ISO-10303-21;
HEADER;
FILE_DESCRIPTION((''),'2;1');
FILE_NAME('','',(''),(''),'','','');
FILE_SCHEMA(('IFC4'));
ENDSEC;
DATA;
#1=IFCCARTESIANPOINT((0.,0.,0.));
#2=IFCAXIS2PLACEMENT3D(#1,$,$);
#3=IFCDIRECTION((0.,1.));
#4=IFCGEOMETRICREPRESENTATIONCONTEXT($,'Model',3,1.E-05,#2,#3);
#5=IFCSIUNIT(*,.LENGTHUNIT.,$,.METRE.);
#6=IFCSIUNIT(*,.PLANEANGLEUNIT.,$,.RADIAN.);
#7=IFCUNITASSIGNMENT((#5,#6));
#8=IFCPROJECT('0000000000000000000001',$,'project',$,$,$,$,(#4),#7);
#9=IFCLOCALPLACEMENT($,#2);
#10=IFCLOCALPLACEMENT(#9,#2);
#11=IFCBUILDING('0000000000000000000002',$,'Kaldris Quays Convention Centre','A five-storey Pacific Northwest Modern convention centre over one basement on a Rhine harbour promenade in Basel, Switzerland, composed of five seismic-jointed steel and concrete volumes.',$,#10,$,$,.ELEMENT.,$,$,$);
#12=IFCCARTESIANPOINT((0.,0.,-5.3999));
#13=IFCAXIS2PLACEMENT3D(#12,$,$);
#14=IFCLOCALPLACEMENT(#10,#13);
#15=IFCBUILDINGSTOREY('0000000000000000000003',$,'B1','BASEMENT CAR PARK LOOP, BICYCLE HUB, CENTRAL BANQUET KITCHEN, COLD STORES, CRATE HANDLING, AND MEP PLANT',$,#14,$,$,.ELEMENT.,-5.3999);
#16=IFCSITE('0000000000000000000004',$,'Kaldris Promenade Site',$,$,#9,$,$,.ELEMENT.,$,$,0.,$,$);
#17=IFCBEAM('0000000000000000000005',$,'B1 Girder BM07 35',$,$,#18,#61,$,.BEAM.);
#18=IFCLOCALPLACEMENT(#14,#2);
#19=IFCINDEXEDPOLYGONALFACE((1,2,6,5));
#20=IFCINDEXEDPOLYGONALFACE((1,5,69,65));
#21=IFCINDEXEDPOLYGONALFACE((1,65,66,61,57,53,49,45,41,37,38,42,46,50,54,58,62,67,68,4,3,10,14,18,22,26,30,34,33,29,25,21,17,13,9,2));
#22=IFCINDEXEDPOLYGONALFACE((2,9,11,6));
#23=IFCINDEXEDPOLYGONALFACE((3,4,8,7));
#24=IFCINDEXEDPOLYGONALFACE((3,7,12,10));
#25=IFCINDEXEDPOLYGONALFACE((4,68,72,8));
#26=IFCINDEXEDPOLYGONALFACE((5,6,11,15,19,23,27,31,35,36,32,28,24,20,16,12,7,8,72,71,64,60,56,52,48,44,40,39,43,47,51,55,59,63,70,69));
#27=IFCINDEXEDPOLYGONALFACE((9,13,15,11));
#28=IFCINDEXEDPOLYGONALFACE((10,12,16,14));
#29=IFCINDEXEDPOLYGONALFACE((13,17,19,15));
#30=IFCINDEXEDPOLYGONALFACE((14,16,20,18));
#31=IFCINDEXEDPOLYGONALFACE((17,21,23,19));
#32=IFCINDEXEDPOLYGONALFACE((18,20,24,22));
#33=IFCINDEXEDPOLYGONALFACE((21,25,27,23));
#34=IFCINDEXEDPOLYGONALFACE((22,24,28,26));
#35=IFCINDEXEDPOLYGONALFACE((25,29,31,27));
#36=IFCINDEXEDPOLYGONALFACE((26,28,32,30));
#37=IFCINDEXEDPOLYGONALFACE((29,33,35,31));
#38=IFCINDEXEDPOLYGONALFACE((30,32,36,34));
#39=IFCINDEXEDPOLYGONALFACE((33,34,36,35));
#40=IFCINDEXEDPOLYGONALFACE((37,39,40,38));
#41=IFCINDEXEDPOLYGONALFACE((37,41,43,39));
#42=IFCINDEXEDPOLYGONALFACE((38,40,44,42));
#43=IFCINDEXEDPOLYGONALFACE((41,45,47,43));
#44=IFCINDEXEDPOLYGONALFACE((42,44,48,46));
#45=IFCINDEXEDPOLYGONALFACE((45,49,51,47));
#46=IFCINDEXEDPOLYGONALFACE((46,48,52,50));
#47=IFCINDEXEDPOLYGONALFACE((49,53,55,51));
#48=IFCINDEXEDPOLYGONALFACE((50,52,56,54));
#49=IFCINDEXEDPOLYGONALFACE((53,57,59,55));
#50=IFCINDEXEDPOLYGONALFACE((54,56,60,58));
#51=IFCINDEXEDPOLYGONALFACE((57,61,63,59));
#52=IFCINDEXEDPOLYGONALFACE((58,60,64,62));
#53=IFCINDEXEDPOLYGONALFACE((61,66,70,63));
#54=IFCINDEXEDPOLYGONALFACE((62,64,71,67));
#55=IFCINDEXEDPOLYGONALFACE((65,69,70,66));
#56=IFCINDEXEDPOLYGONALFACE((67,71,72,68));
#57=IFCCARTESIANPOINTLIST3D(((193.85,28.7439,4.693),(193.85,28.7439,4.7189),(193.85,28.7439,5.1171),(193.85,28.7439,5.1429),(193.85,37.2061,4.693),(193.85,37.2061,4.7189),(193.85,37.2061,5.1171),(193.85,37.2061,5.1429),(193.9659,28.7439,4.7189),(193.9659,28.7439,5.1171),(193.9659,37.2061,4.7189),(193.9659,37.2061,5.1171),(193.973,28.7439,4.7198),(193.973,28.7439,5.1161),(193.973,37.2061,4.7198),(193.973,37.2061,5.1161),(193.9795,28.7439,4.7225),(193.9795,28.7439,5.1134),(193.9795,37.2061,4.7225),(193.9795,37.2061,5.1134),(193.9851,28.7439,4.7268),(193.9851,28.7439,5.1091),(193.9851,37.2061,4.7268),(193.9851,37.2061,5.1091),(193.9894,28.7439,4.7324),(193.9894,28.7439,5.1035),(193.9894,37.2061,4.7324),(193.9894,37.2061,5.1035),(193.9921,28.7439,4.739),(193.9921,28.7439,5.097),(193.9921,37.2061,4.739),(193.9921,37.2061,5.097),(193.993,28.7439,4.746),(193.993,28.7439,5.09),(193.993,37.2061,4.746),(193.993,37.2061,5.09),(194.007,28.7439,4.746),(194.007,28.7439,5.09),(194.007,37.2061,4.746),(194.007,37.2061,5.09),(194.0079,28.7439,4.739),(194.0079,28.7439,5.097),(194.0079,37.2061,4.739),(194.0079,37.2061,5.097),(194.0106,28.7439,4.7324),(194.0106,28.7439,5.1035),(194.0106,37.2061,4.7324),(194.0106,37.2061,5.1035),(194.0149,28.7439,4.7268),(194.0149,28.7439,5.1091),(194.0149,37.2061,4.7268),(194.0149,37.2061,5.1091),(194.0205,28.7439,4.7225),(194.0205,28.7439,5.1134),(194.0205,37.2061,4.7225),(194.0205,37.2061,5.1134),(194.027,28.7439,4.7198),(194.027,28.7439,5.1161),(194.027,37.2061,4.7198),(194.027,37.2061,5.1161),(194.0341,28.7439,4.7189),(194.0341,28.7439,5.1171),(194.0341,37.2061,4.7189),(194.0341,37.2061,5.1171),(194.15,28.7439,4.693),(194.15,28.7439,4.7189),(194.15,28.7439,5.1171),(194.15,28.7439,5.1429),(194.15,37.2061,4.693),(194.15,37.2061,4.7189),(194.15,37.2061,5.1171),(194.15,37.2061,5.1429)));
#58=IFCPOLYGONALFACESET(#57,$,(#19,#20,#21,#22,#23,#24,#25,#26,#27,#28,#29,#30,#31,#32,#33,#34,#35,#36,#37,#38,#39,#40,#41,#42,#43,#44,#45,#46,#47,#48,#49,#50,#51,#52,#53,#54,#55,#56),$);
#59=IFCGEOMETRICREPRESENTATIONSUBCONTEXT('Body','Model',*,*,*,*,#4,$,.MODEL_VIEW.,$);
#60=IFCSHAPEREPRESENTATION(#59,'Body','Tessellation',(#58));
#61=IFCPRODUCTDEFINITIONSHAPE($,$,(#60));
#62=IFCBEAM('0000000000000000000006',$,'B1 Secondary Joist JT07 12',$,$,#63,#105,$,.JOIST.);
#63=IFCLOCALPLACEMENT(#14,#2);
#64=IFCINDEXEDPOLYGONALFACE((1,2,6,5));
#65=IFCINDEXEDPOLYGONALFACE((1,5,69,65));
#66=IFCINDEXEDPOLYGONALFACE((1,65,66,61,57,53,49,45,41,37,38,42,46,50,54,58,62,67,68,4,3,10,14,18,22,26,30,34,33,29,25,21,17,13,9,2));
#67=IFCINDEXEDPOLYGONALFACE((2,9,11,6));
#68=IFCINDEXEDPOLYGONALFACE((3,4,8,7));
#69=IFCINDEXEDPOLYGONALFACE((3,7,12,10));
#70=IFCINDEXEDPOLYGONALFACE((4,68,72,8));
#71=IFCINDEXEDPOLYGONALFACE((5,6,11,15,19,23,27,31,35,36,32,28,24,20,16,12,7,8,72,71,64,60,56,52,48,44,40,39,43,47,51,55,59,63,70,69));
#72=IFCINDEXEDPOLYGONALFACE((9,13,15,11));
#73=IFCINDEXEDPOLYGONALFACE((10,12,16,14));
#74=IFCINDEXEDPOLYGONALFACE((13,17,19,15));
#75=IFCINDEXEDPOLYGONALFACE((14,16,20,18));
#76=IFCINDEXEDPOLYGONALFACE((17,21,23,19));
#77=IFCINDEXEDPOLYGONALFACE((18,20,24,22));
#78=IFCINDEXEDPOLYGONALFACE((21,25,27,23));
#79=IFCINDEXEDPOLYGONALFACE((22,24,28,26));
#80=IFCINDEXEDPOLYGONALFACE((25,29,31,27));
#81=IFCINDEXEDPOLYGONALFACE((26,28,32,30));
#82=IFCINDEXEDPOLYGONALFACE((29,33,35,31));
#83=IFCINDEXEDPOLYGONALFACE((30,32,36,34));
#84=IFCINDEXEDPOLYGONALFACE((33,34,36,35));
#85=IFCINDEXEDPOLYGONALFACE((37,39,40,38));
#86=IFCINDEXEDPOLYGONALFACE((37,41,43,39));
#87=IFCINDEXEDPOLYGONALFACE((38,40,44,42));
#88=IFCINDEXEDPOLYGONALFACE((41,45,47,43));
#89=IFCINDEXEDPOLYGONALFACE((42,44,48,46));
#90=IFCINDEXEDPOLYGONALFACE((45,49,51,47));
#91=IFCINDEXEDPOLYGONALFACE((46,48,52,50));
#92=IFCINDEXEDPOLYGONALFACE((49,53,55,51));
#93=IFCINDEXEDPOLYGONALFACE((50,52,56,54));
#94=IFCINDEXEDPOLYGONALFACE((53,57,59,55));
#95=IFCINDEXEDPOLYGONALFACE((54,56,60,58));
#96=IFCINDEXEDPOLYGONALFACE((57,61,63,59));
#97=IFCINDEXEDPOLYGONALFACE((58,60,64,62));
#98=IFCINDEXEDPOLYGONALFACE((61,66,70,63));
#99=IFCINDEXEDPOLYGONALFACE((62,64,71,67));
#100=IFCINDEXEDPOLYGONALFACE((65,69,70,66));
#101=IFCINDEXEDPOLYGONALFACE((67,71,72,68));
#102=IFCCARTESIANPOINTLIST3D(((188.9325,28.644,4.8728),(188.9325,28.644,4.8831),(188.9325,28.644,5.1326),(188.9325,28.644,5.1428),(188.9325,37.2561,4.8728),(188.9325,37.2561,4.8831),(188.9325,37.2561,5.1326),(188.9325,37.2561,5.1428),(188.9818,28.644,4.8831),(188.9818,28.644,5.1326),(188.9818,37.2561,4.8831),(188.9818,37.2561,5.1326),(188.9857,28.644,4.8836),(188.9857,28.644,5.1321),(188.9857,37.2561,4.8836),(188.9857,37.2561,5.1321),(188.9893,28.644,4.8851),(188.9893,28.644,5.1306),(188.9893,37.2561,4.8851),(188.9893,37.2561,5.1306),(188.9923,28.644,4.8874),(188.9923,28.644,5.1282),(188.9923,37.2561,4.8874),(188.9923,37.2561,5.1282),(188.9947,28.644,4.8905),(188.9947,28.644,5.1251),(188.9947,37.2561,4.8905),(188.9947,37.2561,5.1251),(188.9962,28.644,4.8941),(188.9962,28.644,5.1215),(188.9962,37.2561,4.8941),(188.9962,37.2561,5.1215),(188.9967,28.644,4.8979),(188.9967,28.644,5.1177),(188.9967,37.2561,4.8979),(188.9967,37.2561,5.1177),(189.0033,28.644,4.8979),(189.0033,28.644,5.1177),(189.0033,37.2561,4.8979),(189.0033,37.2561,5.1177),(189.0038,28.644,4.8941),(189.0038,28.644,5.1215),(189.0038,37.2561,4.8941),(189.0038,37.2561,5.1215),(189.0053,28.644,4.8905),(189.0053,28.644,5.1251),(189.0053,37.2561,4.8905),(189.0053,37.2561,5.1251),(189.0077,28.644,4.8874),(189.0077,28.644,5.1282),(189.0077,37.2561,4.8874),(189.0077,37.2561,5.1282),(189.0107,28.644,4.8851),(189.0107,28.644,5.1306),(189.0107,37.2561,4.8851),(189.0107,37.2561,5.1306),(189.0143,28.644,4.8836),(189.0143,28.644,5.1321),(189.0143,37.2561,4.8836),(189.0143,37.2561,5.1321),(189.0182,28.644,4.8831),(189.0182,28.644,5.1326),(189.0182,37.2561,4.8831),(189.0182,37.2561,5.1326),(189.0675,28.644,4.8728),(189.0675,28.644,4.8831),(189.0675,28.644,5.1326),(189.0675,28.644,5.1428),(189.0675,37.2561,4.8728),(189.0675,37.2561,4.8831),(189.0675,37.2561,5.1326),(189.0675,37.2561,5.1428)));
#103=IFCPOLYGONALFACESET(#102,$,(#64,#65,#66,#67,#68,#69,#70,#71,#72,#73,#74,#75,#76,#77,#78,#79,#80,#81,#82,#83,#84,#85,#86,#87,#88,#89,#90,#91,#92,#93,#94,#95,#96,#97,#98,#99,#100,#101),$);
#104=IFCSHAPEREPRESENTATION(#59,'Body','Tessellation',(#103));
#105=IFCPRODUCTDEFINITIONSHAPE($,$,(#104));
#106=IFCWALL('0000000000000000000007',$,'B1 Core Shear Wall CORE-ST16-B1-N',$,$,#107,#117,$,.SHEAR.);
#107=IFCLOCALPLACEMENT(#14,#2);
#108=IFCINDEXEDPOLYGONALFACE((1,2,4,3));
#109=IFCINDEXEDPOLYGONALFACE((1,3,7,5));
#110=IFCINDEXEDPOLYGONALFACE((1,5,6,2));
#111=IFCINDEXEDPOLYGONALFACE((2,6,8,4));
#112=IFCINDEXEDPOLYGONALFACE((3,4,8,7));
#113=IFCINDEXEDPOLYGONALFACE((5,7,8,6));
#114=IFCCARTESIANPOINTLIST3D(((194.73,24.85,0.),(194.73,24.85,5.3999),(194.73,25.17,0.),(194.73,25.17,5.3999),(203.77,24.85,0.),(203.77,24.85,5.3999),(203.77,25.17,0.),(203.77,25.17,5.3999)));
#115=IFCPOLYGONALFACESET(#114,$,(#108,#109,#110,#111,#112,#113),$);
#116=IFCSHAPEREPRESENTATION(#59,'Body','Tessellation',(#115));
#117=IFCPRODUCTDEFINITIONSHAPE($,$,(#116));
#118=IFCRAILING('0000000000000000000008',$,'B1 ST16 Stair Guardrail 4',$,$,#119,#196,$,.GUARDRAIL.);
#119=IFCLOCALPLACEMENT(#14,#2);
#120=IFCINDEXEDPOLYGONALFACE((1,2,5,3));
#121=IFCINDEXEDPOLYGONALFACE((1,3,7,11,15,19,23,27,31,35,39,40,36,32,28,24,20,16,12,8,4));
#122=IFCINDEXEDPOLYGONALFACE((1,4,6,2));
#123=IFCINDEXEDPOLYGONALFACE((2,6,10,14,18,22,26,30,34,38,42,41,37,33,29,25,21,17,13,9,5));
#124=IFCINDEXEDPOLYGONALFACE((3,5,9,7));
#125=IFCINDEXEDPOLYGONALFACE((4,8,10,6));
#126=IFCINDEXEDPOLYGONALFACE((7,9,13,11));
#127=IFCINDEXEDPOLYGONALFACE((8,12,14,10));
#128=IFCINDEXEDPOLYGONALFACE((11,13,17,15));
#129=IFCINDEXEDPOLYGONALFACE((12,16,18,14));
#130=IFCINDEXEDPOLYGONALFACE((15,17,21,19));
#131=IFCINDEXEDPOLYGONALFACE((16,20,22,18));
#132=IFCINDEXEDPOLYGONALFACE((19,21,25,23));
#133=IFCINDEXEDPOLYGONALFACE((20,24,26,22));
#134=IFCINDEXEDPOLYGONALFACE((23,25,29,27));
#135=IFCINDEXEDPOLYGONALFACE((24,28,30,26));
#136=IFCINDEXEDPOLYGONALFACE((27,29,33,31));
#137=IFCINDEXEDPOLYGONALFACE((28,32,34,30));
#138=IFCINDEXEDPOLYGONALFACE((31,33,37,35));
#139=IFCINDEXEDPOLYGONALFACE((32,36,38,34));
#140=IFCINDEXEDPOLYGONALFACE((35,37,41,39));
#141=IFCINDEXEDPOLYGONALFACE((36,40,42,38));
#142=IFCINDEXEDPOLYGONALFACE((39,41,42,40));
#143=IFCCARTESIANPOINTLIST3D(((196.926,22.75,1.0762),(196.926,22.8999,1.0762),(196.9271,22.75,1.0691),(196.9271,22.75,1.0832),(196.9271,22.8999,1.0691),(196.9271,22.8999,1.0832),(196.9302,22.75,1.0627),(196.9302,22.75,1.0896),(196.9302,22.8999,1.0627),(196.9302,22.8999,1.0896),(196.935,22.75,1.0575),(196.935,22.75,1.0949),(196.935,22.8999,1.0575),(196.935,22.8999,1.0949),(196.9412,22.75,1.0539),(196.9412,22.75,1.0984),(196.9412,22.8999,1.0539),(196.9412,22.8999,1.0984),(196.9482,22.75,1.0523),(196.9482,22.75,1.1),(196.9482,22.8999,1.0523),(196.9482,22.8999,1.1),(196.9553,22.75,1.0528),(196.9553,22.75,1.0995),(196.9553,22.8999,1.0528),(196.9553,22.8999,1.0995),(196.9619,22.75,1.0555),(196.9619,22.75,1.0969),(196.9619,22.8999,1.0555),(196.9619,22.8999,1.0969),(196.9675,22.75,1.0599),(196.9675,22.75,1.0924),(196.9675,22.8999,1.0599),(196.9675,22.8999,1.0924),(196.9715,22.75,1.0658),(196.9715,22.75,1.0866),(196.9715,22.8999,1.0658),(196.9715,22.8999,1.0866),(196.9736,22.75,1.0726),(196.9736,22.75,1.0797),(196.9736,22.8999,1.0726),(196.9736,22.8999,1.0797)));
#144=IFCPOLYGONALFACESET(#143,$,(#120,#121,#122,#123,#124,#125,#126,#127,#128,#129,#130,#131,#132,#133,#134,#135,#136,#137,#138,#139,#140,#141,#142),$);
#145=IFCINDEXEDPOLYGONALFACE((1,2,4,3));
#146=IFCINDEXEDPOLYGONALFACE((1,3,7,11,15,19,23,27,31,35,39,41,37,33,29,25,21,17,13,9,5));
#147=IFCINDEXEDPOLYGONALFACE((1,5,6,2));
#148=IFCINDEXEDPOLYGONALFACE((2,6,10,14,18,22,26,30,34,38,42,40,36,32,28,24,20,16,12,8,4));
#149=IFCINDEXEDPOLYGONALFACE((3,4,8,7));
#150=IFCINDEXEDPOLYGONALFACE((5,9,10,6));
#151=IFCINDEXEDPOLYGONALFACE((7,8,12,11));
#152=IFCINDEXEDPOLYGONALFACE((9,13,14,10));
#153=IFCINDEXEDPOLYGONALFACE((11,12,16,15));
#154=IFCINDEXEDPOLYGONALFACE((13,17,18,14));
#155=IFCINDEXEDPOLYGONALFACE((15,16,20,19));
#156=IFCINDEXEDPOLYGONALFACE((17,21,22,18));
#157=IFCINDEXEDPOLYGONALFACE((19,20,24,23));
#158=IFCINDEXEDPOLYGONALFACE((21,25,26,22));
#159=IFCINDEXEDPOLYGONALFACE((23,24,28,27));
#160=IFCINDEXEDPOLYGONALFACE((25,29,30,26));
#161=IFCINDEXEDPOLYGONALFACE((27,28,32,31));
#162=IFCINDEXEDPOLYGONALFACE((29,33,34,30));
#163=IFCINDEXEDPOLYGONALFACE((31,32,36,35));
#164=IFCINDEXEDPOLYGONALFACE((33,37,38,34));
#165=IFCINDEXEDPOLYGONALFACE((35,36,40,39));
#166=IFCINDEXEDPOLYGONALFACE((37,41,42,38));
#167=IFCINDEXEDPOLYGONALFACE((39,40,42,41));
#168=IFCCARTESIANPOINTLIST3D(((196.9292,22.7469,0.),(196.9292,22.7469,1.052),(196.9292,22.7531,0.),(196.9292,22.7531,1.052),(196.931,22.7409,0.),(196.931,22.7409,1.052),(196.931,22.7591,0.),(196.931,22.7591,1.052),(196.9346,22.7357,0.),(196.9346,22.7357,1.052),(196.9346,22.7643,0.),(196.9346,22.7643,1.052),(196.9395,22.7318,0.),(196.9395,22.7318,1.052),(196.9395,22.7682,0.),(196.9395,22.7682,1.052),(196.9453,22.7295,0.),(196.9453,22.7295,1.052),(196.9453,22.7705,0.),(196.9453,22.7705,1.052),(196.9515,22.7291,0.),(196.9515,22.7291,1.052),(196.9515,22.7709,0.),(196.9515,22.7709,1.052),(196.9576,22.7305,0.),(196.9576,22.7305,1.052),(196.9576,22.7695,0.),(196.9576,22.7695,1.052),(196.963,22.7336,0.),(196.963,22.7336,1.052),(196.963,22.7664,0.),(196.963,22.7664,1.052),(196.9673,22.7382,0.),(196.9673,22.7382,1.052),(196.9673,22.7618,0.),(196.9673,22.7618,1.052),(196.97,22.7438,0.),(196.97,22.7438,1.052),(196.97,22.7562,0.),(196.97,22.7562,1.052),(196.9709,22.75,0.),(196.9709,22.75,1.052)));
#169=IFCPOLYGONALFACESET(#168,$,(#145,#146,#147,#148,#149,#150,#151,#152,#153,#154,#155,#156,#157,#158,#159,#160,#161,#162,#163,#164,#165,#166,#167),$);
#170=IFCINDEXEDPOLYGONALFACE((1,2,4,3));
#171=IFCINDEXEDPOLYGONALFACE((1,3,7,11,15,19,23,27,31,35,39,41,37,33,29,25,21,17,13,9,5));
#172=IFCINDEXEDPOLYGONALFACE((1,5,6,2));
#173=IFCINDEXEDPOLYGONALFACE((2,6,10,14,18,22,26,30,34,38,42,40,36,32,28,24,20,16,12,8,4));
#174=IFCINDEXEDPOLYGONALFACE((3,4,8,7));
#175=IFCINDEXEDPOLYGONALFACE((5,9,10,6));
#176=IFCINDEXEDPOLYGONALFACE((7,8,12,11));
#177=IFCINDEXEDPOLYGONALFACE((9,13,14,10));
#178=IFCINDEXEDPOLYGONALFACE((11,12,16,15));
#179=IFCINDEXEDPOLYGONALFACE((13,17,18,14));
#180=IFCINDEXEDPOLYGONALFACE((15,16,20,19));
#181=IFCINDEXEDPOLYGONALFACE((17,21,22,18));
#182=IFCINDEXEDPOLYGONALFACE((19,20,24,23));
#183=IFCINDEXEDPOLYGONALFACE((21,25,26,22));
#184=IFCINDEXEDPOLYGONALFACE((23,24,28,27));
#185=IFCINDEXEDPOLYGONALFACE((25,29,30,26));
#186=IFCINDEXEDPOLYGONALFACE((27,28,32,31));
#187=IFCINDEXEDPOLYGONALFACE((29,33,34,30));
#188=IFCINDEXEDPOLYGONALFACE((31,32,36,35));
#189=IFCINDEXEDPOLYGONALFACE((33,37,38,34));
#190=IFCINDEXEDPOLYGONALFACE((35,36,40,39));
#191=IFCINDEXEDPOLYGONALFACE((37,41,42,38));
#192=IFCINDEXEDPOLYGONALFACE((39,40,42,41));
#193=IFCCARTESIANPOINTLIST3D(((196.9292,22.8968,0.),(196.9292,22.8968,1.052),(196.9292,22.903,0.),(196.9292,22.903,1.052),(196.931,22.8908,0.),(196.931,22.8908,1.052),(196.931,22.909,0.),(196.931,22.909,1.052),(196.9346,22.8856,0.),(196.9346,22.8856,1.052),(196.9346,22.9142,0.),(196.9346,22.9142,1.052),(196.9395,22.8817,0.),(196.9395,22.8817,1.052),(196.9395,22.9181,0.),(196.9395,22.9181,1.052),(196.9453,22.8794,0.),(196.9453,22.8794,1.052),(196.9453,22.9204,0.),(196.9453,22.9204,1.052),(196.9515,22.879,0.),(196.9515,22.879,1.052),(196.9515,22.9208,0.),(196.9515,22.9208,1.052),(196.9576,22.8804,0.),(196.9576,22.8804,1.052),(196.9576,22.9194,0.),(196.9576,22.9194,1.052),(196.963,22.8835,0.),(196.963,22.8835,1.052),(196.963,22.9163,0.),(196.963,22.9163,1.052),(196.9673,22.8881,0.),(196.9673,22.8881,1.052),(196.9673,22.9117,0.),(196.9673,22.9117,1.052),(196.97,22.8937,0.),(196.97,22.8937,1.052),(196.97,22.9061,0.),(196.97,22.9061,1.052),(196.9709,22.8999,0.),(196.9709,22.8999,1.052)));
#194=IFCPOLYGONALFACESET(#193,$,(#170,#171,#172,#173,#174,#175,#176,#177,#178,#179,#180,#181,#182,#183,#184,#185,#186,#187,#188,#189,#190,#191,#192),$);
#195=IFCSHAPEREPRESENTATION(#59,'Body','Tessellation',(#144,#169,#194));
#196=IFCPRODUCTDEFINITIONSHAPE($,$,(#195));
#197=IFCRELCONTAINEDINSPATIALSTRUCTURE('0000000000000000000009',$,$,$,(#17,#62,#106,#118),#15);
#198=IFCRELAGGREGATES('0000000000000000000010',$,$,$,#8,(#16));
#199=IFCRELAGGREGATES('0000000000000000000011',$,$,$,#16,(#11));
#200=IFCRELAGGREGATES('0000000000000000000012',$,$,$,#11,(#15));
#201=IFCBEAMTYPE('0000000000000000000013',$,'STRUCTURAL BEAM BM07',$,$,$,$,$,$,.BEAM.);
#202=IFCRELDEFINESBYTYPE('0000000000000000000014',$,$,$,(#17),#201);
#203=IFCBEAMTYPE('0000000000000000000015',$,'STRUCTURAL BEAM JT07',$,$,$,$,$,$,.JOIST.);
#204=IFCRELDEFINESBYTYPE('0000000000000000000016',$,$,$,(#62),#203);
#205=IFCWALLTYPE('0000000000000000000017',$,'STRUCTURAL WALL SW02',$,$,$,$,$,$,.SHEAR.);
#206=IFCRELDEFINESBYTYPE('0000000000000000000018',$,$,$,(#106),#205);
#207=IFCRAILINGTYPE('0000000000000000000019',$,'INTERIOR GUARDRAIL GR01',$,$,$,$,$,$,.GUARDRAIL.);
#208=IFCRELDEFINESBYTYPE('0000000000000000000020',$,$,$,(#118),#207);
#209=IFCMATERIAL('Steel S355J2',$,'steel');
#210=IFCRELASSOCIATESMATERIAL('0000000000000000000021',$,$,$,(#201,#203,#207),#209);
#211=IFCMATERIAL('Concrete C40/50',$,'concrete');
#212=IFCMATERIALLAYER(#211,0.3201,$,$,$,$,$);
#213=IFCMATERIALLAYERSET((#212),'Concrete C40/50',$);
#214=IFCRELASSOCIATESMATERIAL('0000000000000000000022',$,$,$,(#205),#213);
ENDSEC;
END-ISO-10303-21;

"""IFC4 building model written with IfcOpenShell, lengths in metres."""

from ifc_helpers import new_model, si_unit, direction, frame, frame_2d, origin, origin_2d, place, context, subcontext, project, spatial, rectangle, circle, i_section, extrude, material, layer, layer_set, material_profile, profile_set, type_object, element, save


model = new_model("IFC4")

# Units and contexts
model_context = context("Model", 3, precision=1e-05, world=origin(), true_north=direction((0.0, 1.0)))
body_context = subcontext(model_context, "Body", "Model", "MODEL_VIEW")
ifc_project = project(units=[si_unit("LENGTHUNIT", "METRE"), si_unit("PLANEANGLEUNIT", "RADIAN")], contexts=[model_context])

# Site, building, storey
site_placement = place(None, origin())
site = spatial("IfcSite", under=ifc_project, at=site_placement, Name="Kaldris Promenade Site", CompositionType="ELEMENT", RefElevation=0.0)
building_placement = place(site_placement, origin())
building = spatial("IfcBuilding", under=site, at=building_placement, Name="Kaldris Quays Convention Centre", Description="A five-storey Pacific Northwest Modern convention centre over one basement on a Rhine harbour promenade in Basel, Switzerland, composed of five seismic-jointed steel and concrete volumes.", CompositionType="ELEMENT")
storey_placement = place(building_placement, frame((0.0, 0.0, -5.3999)))
storey = spatial("IfcBuildingStorey", under=building, at=storey_placement, Name="B1", Description="BASEMENT CAR PARK LOOP, BICYCLE HUB, CENTRAL BANQUET KITCHEN, COLD STORES, CRATE HANDLING, AND MEP PLANT", CompositionType="ELEMENT", Elevation=-5.3999)

# Shared definitions
ifc_material_1 = material(Name="Steel S355J2", Category="steel")

# Beams
ifc_material_profile_1 = material_profile(ifc_material_1, i_section(OverallWidth=0.3, OverallDepth=0.45, WebThickness=0.0139, FlangeThickness=0.0259, FilletRadius=0.0271, at=origin_2d()), Name="HEB 450")
ifc_profile_set_1 = profile_set([ifc_material_profile_1], Name="Steel S355J2")
beam_type_1 = type_object("IfcBeamType", Name="STRUCTURAL BEAM BM07", PredefinedType="BEAM", material=ifc_profile_set_1)
beam_1_placement = place(storey_placement, frame((194.0, 28.7439, 4.918), z_axis=(0.0, 1.0, 0.0), x_axis=(-1.0, 0.0, 0.0)))
element("IfcBeam", 1, at=beam_1_placement, inside=storey, type_object=beam_type_1, Name="B1 Girder BM07 35", PredefinedType="BEAM", context=body_context, shape_type="SweptSolid", body=[
    extrude(i_section(OverallWidth=0.3, OverallDepth=0.45, WebThickness=0.0139, FlangeThickness=0.0259, FilletRadius=0.0271, at=origin_2d()), origin(), (0.0, 0.0, 1.0), 8.4622),
])
ifc_material_profile_2 = material_profile(ifc_material_1, i_section(OverallWidth=0.135, OverallDepth=0.27, WebThickness=0.0066, FlangeThickness=0.0103, FilletRadius=0.0149, at=origin_2d()), Name="IPE 270")
ifc_profile_set_2 = profile_set([ifc_material_profile_2], Name="Steel S355J2")
beam_type_2 = type_object("IfcBeamType", Name="STRUCTURAL BEAM JT07", PredefinedType="JOIST", material=ifc_profile_set_2)
beam_2_placement = place(storey_placement, frame((189.0, 28.644, 5.0078), z_axis=(0.0, 1.0, 0.0), x_axis=(-1.0, 0.0, 0.0)))
element("IfcBeam", 2, at=beam_2_placement, inside=storey, type_object=beam_type_2, Name="B1 Secondary Joist JT07 12", PredefinedType="JOIST", context=body_context, shape_type="SweptSolid", body=[
    extrude(i_section(OverallWidth=0.135, OverallDepth=0.27, WebThickness=0.0066, FlangeThickness=0.0103, FilletRadius=0.0149, at=origin_2d()), origin(), (0.0, 0.0, 1.0), 8.6121),
])

# Wall
ifc_material_2 = material(Name="Concrete C40/50", Category="concrete")
ifc_layer = layer(ifc_material_2, 0.3201)
ifc_layer_set = layer_set([ifc_layer], Name="Concrete C40/50")
wall_type = type_object("IfcWallType", Name="STRUCTURAL WALL SW02", PredefinedType="SHEAR", material=ifc_layer_set)
wall_placement = place(storey_placement, frame((194.73, 25.01, 0.0), z_axis=(0.0, 0.0, 1.0), x_axis=(1.0, 0.0, 0.0)))
element("IfcWall", 3, at=wall_placement, inside=storey, type_object=wall_type, Name="B1 Core Shear Wall CORE-ST16-B1-N", PredefinedType="SHEAR", context=body_context, shape_type="SweptSolid", body=[
    extrude(rectangle(XDim=9.04, YDim=0.3201, at=frame_2d((4.52, 0.0))), origin(), (0.0, 0.0, 1.0), 5.3999),
])

# Railing
railing_type = type_object("IfcRailingType", Name="INTERIOR GUARDRAIL GR01", PredefinedType="GUARDRAIL", material=ifc_material_1)
railing_placement = place(storey_placement, frame((196.95, 22.75, 0.0)))
element("IfcRailing", 4, at=railing_placement, inside=storey, type_object=railing_type, Name="B1 ST16 Stair Guardrail 4", PredefinedType="GUARDRAIL", context=body_context, shape_type="SweptSolid", body=[
    extrude(circle(Radius=0.0239, at=origin_2d()), frame((0.0, 0.0, 1.0762), z_axis=(0.0, 1.0, 0.0), x_axis=(-1.0, 0.0, 0.0)), (0.0, 0.0, 1.0), 0.1499),
    extrude(circle(Radius=0.021, at=origin_2d()), origin(), (0.0, 0.0, 1.0), 1.052),
    extrude(circle(Radius=0.021, at=origin_2d()), frame((0.0, 0.1499, 0.0)), (0.0, 0.0, 1.0), 1.052),
])

save(model, "model.ifc")
